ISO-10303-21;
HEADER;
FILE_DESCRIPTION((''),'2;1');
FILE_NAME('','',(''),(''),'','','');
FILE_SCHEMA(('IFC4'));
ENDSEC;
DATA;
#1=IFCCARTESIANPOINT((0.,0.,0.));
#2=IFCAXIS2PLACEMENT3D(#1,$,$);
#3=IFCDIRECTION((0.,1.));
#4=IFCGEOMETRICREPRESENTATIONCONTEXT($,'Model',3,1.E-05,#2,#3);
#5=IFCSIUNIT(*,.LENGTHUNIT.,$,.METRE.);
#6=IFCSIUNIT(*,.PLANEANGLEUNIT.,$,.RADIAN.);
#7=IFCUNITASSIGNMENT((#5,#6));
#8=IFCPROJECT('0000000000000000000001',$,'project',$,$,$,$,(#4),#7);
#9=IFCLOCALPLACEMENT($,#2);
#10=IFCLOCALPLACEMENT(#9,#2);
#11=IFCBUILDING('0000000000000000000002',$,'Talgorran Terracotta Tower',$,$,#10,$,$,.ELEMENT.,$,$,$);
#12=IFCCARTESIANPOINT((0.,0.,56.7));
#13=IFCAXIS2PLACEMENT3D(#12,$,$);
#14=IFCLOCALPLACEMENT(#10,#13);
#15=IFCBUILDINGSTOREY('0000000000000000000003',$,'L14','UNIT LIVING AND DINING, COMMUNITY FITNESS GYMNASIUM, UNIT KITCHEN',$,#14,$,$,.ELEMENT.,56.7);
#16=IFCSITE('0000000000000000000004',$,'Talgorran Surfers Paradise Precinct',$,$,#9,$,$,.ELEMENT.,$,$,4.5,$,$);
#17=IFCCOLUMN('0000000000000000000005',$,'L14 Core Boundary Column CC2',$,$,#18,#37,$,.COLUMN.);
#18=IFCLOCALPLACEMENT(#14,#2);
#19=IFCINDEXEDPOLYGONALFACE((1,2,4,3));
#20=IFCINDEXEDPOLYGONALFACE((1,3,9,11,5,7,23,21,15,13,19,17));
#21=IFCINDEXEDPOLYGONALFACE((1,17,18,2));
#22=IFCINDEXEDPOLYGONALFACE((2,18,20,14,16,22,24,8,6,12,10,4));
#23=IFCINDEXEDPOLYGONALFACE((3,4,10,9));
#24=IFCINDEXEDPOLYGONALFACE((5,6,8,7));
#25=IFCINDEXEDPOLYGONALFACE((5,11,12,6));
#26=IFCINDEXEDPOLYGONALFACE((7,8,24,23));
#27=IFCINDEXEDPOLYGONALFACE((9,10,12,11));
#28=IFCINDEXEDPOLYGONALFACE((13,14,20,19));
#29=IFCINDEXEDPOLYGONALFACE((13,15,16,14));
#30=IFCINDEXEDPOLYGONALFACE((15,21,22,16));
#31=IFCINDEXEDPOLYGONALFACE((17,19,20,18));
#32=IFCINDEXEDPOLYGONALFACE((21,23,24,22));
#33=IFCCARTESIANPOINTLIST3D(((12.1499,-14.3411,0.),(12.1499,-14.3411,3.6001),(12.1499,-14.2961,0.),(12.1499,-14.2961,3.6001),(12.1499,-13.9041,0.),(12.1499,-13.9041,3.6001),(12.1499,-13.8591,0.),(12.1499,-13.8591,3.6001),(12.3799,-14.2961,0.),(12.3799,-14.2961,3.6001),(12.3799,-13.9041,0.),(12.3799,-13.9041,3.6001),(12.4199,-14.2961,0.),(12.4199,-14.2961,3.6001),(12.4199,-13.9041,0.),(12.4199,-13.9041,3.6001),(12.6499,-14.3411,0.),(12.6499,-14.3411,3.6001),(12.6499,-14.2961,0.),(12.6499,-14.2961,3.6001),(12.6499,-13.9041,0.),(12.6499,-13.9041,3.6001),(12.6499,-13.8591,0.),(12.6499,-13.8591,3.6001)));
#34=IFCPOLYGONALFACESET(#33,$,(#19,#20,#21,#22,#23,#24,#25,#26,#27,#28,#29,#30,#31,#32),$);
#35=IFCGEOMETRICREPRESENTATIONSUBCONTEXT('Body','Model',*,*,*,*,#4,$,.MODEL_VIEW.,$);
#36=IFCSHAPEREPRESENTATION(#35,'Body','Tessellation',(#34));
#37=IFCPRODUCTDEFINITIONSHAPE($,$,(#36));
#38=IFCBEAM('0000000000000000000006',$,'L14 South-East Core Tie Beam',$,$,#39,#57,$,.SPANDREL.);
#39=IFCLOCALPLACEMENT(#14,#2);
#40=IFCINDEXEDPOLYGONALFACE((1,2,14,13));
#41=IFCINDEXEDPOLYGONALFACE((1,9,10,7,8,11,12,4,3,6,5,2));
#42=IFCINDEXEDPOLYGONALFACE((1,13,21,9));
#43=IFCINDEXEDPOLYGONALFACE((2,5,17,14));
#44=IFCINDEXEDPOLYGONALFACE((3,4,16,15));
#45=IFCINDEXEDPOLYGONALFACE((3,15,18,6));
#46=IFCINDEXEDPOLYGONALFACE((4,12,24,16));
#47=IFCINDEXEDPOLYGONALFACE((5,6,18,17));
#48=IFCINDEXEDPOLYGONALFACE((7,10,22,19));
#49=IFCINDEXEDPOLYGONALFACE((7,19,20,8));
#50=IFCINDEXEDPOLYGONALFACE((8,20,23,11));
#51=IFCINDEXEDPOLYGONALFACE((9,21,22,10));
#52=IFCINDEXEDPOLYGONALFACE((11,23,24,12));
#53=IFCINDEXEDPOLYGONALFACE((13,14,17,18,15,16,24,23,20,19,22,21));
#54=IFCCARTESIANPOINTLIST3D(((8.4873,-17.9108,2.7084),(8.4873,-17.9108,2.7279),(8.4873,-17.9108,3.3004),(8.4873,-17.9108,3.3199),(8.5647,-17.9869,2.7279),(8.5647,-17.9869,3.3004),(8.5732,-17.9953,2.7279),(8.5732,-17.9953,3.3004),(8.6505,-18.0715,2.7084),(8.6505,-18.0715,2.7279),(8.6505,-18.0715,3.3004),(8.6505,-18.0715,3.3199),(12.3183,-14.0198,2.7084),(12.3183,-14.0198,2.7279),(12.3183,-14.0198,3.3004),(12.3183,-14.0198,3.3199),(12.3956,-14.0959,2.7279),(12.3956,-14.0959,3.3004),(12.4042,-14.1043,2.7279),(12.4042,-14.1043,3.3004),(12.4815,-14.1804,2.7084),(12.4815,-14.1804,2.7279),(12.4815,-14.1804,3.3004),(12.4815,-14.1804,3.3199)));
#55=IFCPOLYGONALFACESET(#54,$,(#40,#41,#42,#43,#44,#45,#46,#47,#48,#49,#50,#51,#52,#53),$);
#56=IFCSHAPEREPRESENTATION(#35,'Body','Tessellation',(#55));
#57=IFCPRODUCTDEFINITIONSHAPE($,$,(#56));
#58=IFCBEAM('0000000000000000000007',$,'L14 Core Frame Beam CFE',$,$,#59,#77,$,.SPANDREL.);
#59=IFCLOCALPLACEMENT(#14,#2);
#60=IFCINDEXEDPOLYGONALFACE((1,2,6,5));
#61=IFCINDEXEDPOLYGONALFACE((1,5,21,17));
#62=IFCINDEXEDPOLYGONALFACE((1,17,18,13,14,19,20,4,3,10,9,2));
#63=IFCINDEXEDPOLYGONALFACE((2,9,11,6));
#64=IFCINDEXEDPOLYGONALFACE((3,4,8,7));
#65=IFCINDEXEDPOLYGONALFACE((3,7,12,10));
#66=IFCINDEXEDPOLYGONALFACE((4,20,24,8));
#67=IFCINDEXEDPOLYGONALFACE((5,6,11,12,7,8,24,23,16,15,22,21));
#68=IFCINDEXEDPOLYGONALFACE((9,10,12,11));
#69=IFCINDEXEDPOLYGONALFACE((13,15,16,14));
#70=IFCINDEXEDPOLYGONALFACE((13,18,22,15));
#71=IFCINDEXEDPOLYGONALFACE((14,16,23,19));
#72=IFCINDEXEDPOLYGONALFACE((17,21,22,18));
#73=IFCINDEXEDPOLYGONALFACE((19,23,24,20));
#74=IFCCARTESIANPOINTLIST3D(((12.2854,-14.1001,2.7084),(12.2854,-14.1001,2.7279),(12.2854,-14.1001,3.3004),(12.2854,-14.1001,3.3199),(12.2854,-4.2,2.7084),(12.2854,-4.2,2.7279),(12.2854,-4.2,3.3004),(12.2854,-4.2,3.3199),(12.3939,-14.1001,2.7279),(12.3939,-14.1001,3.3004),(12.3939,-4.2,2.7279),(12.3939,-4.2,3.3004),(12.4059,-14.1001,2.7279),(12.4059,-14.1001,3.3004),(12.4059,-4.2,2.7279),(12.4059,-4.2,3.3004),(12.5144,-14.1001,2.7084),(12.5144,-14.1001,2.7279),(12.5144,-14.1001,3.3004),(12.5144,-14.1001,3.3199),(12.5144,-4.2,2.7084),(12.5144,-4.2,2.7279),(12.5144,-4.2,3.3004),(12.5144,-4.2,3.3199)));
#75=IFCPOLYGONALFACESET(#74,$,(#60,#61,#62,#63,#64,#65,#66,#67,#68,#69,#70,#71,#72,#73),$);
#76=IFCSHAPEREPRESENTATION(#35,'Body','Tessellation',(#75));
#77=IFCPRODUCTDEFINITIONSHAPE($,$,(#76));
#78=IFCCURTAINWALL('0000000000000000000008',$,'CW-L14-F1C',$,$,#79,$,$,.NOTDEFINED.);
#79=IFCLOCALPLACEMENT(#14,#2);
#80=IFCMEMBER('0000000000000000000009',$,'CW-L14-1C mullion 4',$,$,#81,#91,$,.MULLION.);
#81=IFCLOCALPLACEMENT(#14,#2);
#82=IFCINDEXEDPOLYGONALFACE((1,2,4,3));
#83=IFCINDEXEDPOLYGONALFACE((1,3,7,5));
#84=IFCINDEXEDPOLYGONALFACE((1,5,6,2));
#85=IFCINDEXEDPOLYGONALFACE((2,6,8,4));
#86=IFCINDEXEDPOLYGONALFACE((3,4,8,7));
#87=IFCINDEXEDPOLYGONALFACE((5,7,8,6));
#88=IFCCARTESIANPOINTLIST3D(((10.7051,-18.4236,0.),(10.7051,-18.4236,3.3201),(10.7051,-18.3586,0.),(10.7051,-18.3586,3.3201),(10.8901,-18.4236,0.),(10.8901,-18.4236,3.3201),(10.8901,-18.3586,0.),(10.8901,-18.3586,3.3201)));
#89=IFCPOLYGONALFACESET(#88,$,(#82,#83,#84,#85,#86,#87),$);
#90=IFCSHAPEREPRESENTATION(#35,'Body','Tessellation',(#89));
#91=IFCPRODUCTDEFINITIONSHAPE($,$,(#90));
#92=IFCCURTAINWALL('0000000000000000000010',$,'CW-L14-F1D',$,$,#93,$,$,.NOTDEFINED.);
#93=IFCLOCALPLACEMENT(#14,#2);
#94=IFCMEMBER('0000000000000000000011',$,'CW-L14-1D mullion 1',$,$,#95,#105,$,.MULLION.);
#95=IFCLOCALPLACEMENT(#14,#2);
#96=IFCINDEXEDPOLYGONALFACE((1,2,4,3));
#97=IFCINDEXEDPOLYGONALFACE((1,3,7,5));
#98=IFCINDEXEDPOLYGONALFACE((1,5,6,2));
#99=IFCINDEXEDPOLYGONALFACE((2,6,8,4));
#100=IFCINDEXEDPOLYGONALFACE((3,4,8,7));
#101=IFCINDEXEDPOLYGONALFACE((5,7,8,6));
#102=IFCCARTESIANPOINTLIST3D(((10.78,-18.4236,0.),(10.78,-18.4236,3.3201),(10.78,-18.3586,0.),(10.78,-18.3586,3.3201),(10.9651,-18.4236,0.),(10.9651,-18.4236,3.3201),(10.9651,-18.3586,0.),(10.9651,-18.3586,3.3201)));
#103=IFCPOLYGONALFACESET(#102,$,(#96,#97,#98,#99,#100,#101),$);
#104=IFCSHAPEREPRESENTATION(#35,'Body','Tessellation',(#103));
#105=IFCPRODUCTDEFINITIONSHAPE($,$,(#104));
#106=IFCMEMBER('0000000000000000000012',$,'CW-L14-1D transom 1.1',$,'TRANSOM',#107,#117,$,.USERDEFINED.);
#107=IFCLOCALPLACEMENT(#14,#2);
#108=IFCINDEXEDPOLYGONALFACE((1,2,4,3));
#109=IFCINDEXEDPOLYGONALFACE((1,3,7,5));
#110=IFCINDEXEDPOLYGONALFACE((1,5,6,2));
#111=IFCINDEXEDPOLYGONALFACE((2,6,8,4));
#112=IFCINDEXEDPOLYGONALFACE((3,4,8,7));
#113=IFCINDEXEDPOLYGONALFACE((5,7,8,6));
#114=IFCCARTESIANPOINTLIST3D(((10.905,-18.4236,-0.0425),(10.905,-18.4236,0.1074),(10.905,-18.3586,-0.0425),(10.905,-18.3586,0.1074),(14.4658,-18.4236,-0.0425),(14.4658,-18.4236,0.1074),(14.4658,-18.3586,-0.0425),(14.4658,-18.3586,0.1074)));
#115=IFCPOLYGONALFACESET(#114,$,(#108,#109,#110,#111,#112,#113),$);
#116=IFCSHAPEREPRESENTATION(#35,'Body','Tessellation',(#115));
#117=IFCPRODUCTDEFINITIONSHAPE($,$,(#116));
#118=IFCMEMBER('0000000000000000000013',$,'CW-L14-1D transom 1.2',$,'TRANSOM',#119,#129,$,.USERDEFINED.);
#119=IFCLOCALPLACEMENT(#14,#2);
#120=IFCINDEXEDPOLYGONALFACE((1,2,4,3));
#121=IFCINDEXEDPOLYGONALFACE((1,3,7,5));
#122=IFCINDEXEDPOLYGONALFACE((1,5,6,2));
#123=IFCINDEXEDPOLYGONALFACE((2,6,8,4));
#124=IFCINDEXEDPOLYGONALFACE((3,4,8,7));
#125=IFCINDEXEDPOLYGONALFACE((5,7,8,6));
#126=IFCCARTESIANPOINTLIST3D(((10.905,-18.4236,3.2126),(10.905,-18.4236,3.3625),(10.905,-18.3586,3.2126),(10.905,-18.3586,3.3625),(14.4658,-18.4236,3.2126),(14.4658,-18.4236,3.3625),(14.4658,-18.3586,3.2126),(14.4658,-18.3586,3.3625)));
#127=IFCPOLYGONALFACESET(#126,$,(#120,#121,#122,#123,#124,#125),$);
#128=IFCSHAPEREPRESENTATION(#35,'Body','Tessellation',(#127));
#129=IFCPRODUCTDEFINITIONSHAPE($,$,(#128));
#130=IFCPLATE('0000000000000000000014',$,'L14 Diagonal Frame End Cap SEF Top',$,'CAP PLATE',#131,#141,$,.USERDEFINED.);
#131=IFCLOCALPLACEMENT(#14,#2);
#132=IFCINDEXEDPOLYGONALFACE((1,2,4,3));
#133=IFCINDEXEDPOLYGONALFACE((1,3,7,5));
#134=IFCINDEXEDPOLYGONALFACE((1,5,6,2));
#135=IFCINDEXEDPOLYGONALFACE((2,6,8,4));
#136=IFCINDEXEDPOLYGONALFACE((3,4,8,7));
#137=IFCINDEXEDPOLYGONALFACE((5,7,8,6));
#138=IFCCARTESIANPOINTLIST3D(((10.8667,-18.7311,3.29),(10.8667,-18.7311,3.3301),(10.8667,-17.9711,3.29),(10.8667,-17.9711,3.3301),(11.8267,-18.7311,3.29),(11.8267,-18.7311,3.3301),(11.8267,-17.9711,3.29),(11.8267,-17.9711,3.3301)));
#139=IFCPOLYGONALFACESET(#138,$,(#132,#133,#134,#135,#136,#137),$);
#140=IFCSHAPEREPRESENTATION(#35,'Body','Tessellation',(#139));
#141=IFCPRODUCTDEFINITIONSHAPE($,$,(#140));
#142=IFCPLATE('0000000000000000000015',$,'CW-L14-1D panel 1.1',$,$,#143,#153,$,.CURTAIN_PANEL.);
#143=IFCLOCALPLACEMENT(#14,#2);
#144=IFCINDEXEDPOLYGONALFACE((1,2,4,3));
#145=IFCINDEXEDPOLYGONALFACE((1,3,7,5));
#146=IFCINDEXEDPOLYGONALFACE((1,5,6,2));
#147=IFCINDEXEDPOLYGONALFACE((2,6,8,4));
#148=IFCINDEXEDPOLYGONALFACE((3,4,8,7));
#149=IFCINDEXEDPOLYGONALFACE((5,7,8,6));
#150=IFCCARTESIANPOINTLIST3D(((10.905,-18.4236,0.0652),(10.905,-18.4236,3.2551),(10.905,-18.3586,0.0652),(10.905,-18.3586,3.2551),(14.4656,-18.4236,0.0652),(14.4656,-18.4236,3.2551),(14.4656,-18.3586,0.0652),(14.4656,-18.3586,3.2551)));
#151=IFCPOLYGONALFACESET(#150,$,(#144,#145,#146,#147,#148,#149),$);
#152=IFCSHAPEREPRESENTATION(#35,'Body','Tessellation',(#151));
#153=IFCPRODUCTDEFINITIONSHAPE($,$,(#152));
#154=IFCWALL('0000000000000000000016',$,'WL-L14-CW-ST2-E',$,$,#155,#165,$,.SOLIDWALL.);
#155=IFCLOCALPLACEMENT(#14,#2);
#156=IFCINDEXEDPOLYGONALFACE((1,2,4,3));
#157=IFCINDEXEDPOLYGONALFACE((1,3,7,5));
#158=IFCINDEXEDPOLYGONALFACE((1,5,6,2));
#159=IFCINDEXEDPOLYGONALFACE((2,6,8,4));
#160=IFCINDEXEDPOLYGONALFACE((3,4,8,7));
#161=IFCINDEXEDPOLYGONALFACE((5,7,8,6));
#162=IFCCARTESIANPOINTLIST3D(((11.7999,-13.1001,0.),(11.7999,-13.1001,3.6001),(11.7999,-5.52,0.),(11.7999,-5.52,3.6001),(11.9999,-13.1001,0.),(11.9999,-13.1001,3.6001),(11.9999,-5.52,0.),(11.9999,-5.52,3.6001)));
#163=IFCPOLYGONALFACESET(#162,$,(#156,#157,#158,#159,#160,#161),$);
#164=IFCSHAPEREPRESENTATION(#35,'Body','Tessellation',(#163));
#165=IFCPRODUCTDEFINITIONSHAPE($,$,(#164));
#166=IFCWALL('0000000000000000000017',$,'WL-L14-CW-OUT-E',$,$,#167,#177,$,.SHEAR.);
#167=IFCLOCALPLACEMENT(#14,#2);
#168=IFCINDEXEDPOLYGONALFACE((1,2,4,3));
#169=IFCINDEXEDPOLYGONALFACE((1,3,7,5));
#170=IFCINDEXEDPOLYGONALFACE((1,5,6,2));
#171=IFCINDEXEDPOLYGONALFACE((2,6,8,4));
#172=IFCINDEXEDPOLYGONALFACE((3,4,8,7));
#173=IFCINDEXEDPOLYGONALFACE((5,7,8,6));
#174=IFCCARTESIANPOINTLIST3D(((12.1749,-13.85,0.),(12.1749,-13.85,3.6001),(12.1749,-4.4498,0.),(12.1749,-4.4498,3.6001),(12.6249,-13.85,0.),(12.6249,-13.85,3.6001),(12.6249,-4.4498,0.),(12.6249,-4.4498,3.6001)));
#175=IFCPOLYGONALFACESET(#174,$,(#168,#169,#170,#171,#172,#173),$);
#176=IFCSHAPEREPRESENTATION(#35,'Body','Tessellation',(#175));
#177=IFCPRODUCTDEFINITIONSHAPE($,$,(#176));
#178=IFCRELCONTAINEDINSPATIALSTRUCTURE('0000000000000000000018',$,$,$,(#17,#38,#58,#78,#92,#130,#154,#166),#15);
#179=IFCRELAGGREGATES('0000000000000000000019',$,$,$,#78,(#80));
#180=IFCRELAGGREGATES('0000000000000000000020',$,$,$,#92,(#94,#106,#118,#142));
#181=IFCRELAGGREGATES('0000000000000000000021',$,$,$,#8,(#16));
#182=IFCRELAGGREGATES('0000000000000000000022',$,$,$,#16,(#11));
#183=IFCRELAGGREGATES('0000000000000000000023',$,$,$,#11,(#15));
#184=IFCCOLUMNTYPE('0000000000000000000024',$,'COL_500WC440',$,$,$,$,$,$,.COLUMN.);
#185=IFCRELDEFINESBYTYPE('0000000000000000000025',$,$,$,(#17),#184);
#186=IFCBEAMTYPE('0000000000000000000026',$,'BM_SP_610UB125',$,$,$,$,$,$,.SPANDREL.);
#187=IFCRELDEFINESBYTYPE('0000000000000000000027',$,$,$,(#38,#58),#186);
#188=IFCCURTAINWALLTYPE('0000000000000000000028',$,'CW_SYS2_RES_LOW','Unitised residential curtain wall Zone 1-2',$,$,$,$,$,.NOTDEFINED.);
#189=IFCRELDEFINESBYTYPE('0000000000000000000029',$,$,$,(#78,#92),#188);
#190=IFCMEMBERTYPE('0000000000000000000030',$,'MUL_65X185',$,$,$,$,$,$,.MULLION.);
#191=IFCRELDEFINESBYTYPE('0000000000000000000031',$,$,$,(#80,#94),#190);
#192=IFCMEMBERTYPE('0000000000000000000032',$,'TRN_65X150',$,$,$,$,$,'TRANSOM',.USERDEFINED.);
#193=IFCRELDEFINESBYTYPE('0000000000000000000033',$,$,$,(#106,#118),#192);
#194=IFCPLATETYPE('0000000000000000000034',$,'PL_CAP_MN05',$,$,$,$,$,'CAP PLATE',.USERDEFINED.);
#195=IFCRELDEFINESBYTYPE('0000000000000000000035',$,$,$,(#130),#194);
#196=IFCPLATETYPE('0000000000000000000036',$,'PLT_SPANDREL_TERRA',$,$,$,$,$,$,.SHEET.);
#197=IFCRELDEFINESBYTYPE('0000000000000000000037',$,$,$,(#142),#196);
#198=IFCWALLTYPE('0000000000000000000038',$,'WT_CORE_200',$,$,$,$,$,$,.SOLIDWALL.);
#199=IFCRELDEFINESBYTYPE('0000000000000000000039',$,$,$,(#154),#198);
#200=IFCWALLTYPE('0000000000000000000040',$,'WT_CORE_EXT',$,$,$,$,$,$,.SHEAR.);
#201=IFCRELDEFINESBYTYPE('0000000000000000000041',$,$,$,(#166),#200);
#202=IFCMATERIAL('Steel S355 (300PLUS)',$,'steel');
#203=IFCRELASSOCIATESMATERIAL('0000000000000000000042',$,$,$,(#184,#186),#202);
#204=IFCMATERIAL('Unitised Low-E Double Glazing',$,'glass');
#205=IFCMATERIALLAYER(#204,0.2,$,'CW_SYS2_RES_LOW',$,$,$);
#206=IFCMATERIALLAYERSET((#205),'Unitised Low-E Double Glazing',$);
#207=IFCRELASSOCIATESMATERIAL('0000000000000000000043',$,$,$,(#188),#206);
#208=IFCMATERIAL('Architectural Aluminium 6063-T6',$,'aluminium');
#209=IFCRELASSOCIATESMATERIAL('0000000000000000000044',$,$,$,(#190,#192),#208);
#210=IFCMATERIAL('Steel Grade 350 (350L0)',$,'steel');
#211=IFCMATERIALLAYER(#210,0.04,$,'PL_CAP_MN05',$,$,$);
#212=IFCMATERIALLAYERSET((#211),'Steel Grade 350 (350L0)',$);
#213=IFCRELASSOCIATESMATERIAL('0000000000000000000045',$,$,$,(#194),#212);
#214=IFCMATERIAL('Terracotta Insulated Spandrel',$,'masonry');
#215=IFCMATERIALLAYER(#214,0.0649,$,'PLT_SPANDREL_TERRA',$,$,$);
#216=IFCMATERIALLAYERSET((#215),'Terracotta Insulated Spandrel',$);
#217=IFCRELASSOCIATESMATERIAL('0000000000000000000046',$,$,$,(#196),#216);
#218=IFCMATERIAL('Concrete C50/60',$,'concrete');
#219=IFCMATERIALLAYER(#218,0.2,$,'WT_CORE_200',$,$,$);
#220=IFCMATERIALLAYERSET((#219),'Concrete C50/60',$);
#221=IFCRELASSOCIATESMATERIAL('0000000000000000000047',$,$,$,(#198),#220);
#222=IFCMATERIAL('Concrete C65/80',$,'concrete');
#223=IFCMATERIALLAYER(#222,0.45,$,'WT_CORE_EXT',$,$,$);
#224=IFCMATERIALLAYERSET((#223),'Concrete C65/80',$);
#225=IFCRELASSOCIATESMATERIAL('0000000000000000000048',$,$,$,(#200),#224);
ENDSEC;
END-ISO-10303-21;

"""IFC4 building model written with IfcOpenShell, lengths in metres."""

from ifc_helpers import new_model, si_unit, direction, frame, frame_2d, origin, origin_2d, place, context, subcontext, project, spatial, rectangle, i_section, extrude, source, transform, mapped, material, layer, layer_set, material_profile, profile_set, type_object, type_shapes, element, aggregate, save


model = new_model("IFC4")

# Units and contexts
model_context = context("Model", 3, precision=1e-05, world=origin(), true_north=direction((0.0, 1.0)))
body_context = subcontext(model_context, "Body", "Model", "MODEL_VIEW")
ifc_project = project(units=[si_unit("LENGTHUNIT", "METRE"), si_unit("PLANEANGLEUNIT", "RADIAN")], contexts=[model_context])

# Site, building, storey
site_placement = place(None, origin())
site = spatial("IfcSite", under=ifc_project, at=site_placement, Name="Talgorran Surfers Paradise Precinct", CompositionType="ELEMENT", RefElevation=4.5)
building_placement = place(site_placement, origin())
building = spatial("IfcBuilding", under=site, at=building_placement, Name="Talgorran Terracotta Tower", CompositionType="ELEMENT")
storey_placement = place(building_placement, frame((0.0, 0.0, 56.7)))
storey = spatial("IfcBuildingStorey", under=building, at=storey_placement, Name="L14", Description="UNIT LIVING AND DINING, COMMUNITY FITNESS GYMNASIUM, UNIT KITCHEN", CompositionType="ELEMENT", Elevation=56.7)

# Column
ifc_material_1 = material(Name="Steel S355 (300PLUS)", Category="steel")
ifc_material_profile_1 = material_profile(ifc_material_1, i_section(OverallWidth=0.5, OverallDepth=0.4819, WebThickness=0.04, FlangeThickness=0.0449, at=origin_2d()), Name="500WC440")
ifc_profile_set_1 = profile_set([ifc_material_profile_1], Name="Steel S355 (300PLUS)")
column_type = type_object("IfcColumnType", Name="COL_500WC440", PredefinedType="COLUMN", material=ifc_profile_set_1)
column_placement = place(storey_placement, frame((12.3999, -14.1001, 0.0), z_axis=(0.0, 0.0, 1.0), x_axis=(1.0, 0.0, 0.0)))
element("IfcColumn", 1, at=column_placement, inside=storey, type_object=column_type, Name="L14 Core Boundary Column CC2", PredefinedType="COLUMN", context=body_context, shape_type="SweptSolid", body=[
    extrude(i_section(OverallWidth=0.5, OverallDepth=0.4819, WebThickness=0.04, FlangeThickness=0.0449, at=origin_2d()), origin(), (0.0, 0.0, 1.0), 3.6001),
])

# Beams
ifc_material_profile_2 = material_profile(ifc_material_1, i_section(OverallWidth=0.229, OverallDepth=0.6116, WebThickness=0.012, FlangeThickness=0.0195, at=origin_2d()), Name="610UB125")
ifc_profile_set_2 = profile_set([ifc_material_profile_2], Name="Steel S355 (300PLUS)")
beam_type = type_object("IfcBeamType", Name="BM_SP_610UB125", PredefinedType="SPANDREL", material=ifc_profile_set_2)
beam_1_placement = place(storey_placement, frame((12.3999, -14.1001, 3.0142), z_axis=(-0.701586, -0.712585, 0.0), x_axis=(0.712585, -0.701586, 0.0)))
element("IfcBeam", 2, at=beam_1_placement, inside=storey, type_object=beam_type, Name="L14 South-East Core Tie Beam", PredefinedType="SPANDREL", context=body_context, shape_type="SweptSolid", body=[
    extrude(i_section(OverallWidth=0.229, OverallDepth=0.6116, WebThickness=0.012, FlangeThickness=0.0195, at=origin_2d()), origin(), (0.0, 0.0, 1.0), 5.4604),
])
beam_2_placement = place(storey_placement, frame((12.3999, -14.1001, 3.0142), z_axis=(0.0, 1.0, 0.0), x_axis=(-1.0, 0.0, 0.0)))
element("IfcBeam", 3, at=beam_2_placement, inside=storey, type_object=beam_type, Name="L14 Core Frame Beam CFE", PredefinedType="SPANDREL", context=body_context, shape_type="SweptSolid", body=[
    extrude(i_section(OverallWidth=0.229, OverallDepth=0.6116, WebThickness=0.012, FlangeThickness=0.0195, at=origin_2d()), origin(), (0.0, 0.0, 1.0), 9.9001),
])

# Curtain wall, member
ifc_material_2 = material(Name="Unitised Low-E Double Glazing", Category="glass")
ifc_layer_1 = layer(ifc_material_2, 0.2, Name="CW_SYS2_RES_LOW")
ifc_layer_set_1 = layer_set([ifc_layer_1], Name="Unitised Low-E Double Glazing")
curtain_wall_type = type_object("IfcCurtainWallType", Name="CW_SYS2_RES_LOW", Description="Unitised residential curtain wall Zone 1-2", PredefinedType="NOTDEFINED", material=ifc_layer_set_1)
curtain_wall_1_placement = place(storey_placement, origin())
curtain_wall_1 = element("IfcCurtainWall", 4, at=curtain_wall_1_placement, inside=storey, type_object=curtain_wall_type, Name="CW-L14-F1C", PredefinedType="NOTDEFINED")
ifc_material_3 = material(Name="Architectural Aluminium 6063-T6", Category="aluminium")
ifc_material_profile_3 = material_profile(ifc_material_3, rectangle(XDim=0.0649, YDim=0.1851, at=origin_2d()), Name="CWM65X185")
ifc_profile_set_3 = profile_set([ifc_material_profile_3], Name="Architectural Aluminium 6063-T6")
member_type_1 = type_object("IfcMemberType", Name="MUL_65X185", PredefinedType="MULLION", material=ifc_profile_set_3)
member_1_placement = place(storey_placement, frame((10.7976, -18.3911, 0.0), z_axis=(0.0, 0.0, 1.0), x_axis=(0.0, 1.0, 0.0)))
member_1 = element("IfcMember", 5, at=member_1_placement, type_object=member_type_1, Name="CW-L14-1C mullion 4", PredefinedType="MULLION", context=body_context, shape_type="SweptSolid", body=[
    extrude(rectangle(XDim=0.0649, YDim=0.1851, at=origin_2d()), origin(), (0.0, 0.0, 1.0), 3.3201),
])
aggregate(curtain_wall_1, [member_1])

# Curtain wall, members
curtain_wall_2_placement = place(storey_placement, origin())
curtain_wall_2 = element("IfcCurtainWall", 6, at=curtain_wall_2_placement, inside=storey, type_object=curtain_wall_type, Name="CW-L14-F1D", PredefinedType="NOTDEFINED")
member_2_placement = place(storey_placement, frame((10.8726, -18.3911, 0.0), z_axis=(0.0, 0.0, 1.0), x_axis=(0.0, 1.0, 0.0)))
member_2 = element("IfcMember", 7, at=member_2_placement, type_object=member_type_1, Name="CW-L14-1D mullion 1", PredefinedType="MULLION", context=body_context, shape_type="SweptSolid", body=[
    extrude(rectangle(XDim=0.0649, YDim=0.1851, at=origin_2d()), origin(), (0.0, 0.0, 1.0), 3.3201),
])
ifc_material_profile_4 = material_profile(ifc_material_3, rectangle(XDim=0.0649, YDim=0.1499, at=origin_2d()), Name="CWT65X150")
ifc_profile_set_4 = profile_set([ifc_material_profile_4], Name="Architectural Aluminium 6063-T6")
member_type_2 = type_object("IfcMemberType", Name="TRN_65X150", ElementType="TRANSOM", PredefinedType="USERDEFINED", material=ifc_profile_set_4)
member_3_placement = place(storey_placement, frame((10.905, -18.3911, 0.0325), z_axis=(1.0, 0.0, 0.0), x_axis=(0.0, 1.0, 0.0)))
member_3 = element("IfcMember", 8, at=member_3_placement, type_object=member_type_2, Name="CW-L14-1D transom 1.1", ObjectType="TRANSOM", PredefinedType="USERDEFINED", context=body_context, shape_type="SweptSolid", body=[
    extrude(rectangle(XDim=0.0649, YDim=0.1499, at=origin_2d()), origin(), (0.0, 0.0, 1.0), 3.5608),
])
member_4_placement = place(storey_placement, frame((10.905, -18.3911, 3.2876), z_axis=(1.0, 0.0, 0.0), x_axis=(0.0, 1.0, 0.0)))
member_4 = element("IfcMember", 9, at=member_4_placement, type_object=member_type_2, Name="CW-L14-1D transom 1.2", ObjectType="TRANSOM", PredefinedType="USERDEFINED", context=body_context, shape_type="SweptSolid", body=[
    extrude(rectangle(XDim=0.0649, YDim=0.1499, at=origin_2d()), origin(), (0.0, 0.0, 1.0), 3.5608),
])

# Plates
ifc_material_4 = material(Name="Steel Grade 350 (350L0)", Category="steel")
ifc_layer_2 = layer(ifc_material_4, 0.04, Name="PL_CAP_MN05")
ifc_layer_set_2 = layer_set([ifc_layer_2], Name="Steel Grade 350 (350L0)")
plate_type_1 = type_object("IfcPlateType", Name="PL_CAP_MN05", ElementType="CAP PLATE", PredefinedType="USERDEFINED", material=ifc_layer_set_2)
plate_1_placement = place(storey_placement, frame((11.3467, -18.3511, 3.29), z_axis=(0.0, 0.0, 1.0), x_axis=(-1.0, 0.0, 0.0)))
element("IfcPlate", 10, at=plate_1_placement, inside=storey, type_object=plate_type_1, Name="L14 Diagonal Frame End Cap SEF Top", ObjectType="CAP PLATE", PredefinedType="USERDEFINED", context=body_context, shape_type="SweptSolid", body=[
    extrude(rectangle(XDim=0.96, YDim=0.76, at=origin_2d()), origin(), (0.0, 0.0, 1.0), 0.04),
])
ifc_material_5 = material(Name="Terracotta Insulated Spandrel", Category="masonry")
ifc_layer_3 = layer(ifc_material_5, 0.0649, Name="PLT_SPANDREL_TERRA")
ifc_layer_set_3 = layer_set([ifc_layer_3], Name="Terracotta Insulated Spandrel")
plate_type_2 = type_object("IfcPlateType", Name="PLT_SPANDREL_TERRA", PredefinedType="SHEET", material=ifc_layer_set_3)
shared_shape = source(origin(), body_context, "Body", "SweptSolid", [
    extrude(rectangle(XDim=3.5605, YDim=0.0649, at=origin_2d()), origin(), (0.0, 0.0, 1.0), 3.1899),
])
type_shapes(plate_type_2, [shared_shape])
plate_2_placement = place(storey_placement, frame((12.6853, -18.3911, 0.0652), z_axis=(0.0, 0.0, 1.0), x_axis=(1.0, 0.0, 0.0)))
plate_2 = element("IfcPlate", 11, at=plate_2_placement, type_object=plate_type_2, Name="CW-L14-1D panel 1.1", PredefinedType="CURTAIN_PANEL", context=body_context, shape_type="MappedRepresentation", body=[
    mapped(shared_shape, transform((0.0, 0.0, 0.0), scale=1.0)),
])
aggregate(curtain_wall_2, [member_2, member_3, member_4, plate_2])

# Walls
ifc_material_6 = material(Name="Concrete C50/60", Category="concrete")
ifc_layer_4 = layer(ifc_material_6, 0.2, Name="WT_CORE_200")
ifc_layer_set_4 = layer_set([ifc_layer_4], Name="Concrete C50/60")
wall_type_1 = type_object("IfcWallType", Name="WT_CORE_200", PredefinedType="SOLIDWALL", material=ifc_layer_set_4)
wall_1_placement = place(storey_placement, frame((11.8999, -13.1001, 0.0), z_axis=(0.0, 0.0, 1.0), x_axis=(0.0, 1.0, 0.0)))
element("IfcWall", 12, at=wall_1_placement, inside=storey, type_object=wall_type_1, Name="WL-L14-CW-ST2-E", PredefinedType="SOLIDWALL", context=body_context, shape_type="SweptSolid", body=[
    extrude(rectangle(XDim=7.5801, YDim=0.2, at=frame_2d((3.79, 0.0))), origin(), (0.0, 0.0, 1.0), 3.6001),
])
ifc_material_7 = material(Name="Concrete C65/80", Category="concrete")
ifc_layer_5 = layer(ifc_material_7, 0.45, Name="WT_CORE_EXT")
ifc_layer_set_5 = layer_set([ifc_layer_5], Name="Concrete C65/80")
wall_type_2 = type_object("IfcWallType", Name="WT_CORE_EXT", PredefinedType="SHEAR", material=ifc_layer_set_5)
wall_2_placement = place(storey_placement, frame((12.3999, -13.8501, 0.0), z_axis=(0.0, 0.0, 1.0), x_axis=(0.0, 1.0, 0.0)))
element("IfcWall", 13, at=wall_2_placement, inside=storey, type_object=wall_type_2, Name="WL-L14-CW-OUT-E", PredefinedType="SHEAR", context=body_context, shape_type="SweptSolid", body=[
    extrude(rectangle(XDim=9.4001, YDim=0.45, at=frame_2d((4.7002, 0.0))), origin(), (0.0, 0.0, 1.0), 3.6001),
])

save(model, "model.ifc")
